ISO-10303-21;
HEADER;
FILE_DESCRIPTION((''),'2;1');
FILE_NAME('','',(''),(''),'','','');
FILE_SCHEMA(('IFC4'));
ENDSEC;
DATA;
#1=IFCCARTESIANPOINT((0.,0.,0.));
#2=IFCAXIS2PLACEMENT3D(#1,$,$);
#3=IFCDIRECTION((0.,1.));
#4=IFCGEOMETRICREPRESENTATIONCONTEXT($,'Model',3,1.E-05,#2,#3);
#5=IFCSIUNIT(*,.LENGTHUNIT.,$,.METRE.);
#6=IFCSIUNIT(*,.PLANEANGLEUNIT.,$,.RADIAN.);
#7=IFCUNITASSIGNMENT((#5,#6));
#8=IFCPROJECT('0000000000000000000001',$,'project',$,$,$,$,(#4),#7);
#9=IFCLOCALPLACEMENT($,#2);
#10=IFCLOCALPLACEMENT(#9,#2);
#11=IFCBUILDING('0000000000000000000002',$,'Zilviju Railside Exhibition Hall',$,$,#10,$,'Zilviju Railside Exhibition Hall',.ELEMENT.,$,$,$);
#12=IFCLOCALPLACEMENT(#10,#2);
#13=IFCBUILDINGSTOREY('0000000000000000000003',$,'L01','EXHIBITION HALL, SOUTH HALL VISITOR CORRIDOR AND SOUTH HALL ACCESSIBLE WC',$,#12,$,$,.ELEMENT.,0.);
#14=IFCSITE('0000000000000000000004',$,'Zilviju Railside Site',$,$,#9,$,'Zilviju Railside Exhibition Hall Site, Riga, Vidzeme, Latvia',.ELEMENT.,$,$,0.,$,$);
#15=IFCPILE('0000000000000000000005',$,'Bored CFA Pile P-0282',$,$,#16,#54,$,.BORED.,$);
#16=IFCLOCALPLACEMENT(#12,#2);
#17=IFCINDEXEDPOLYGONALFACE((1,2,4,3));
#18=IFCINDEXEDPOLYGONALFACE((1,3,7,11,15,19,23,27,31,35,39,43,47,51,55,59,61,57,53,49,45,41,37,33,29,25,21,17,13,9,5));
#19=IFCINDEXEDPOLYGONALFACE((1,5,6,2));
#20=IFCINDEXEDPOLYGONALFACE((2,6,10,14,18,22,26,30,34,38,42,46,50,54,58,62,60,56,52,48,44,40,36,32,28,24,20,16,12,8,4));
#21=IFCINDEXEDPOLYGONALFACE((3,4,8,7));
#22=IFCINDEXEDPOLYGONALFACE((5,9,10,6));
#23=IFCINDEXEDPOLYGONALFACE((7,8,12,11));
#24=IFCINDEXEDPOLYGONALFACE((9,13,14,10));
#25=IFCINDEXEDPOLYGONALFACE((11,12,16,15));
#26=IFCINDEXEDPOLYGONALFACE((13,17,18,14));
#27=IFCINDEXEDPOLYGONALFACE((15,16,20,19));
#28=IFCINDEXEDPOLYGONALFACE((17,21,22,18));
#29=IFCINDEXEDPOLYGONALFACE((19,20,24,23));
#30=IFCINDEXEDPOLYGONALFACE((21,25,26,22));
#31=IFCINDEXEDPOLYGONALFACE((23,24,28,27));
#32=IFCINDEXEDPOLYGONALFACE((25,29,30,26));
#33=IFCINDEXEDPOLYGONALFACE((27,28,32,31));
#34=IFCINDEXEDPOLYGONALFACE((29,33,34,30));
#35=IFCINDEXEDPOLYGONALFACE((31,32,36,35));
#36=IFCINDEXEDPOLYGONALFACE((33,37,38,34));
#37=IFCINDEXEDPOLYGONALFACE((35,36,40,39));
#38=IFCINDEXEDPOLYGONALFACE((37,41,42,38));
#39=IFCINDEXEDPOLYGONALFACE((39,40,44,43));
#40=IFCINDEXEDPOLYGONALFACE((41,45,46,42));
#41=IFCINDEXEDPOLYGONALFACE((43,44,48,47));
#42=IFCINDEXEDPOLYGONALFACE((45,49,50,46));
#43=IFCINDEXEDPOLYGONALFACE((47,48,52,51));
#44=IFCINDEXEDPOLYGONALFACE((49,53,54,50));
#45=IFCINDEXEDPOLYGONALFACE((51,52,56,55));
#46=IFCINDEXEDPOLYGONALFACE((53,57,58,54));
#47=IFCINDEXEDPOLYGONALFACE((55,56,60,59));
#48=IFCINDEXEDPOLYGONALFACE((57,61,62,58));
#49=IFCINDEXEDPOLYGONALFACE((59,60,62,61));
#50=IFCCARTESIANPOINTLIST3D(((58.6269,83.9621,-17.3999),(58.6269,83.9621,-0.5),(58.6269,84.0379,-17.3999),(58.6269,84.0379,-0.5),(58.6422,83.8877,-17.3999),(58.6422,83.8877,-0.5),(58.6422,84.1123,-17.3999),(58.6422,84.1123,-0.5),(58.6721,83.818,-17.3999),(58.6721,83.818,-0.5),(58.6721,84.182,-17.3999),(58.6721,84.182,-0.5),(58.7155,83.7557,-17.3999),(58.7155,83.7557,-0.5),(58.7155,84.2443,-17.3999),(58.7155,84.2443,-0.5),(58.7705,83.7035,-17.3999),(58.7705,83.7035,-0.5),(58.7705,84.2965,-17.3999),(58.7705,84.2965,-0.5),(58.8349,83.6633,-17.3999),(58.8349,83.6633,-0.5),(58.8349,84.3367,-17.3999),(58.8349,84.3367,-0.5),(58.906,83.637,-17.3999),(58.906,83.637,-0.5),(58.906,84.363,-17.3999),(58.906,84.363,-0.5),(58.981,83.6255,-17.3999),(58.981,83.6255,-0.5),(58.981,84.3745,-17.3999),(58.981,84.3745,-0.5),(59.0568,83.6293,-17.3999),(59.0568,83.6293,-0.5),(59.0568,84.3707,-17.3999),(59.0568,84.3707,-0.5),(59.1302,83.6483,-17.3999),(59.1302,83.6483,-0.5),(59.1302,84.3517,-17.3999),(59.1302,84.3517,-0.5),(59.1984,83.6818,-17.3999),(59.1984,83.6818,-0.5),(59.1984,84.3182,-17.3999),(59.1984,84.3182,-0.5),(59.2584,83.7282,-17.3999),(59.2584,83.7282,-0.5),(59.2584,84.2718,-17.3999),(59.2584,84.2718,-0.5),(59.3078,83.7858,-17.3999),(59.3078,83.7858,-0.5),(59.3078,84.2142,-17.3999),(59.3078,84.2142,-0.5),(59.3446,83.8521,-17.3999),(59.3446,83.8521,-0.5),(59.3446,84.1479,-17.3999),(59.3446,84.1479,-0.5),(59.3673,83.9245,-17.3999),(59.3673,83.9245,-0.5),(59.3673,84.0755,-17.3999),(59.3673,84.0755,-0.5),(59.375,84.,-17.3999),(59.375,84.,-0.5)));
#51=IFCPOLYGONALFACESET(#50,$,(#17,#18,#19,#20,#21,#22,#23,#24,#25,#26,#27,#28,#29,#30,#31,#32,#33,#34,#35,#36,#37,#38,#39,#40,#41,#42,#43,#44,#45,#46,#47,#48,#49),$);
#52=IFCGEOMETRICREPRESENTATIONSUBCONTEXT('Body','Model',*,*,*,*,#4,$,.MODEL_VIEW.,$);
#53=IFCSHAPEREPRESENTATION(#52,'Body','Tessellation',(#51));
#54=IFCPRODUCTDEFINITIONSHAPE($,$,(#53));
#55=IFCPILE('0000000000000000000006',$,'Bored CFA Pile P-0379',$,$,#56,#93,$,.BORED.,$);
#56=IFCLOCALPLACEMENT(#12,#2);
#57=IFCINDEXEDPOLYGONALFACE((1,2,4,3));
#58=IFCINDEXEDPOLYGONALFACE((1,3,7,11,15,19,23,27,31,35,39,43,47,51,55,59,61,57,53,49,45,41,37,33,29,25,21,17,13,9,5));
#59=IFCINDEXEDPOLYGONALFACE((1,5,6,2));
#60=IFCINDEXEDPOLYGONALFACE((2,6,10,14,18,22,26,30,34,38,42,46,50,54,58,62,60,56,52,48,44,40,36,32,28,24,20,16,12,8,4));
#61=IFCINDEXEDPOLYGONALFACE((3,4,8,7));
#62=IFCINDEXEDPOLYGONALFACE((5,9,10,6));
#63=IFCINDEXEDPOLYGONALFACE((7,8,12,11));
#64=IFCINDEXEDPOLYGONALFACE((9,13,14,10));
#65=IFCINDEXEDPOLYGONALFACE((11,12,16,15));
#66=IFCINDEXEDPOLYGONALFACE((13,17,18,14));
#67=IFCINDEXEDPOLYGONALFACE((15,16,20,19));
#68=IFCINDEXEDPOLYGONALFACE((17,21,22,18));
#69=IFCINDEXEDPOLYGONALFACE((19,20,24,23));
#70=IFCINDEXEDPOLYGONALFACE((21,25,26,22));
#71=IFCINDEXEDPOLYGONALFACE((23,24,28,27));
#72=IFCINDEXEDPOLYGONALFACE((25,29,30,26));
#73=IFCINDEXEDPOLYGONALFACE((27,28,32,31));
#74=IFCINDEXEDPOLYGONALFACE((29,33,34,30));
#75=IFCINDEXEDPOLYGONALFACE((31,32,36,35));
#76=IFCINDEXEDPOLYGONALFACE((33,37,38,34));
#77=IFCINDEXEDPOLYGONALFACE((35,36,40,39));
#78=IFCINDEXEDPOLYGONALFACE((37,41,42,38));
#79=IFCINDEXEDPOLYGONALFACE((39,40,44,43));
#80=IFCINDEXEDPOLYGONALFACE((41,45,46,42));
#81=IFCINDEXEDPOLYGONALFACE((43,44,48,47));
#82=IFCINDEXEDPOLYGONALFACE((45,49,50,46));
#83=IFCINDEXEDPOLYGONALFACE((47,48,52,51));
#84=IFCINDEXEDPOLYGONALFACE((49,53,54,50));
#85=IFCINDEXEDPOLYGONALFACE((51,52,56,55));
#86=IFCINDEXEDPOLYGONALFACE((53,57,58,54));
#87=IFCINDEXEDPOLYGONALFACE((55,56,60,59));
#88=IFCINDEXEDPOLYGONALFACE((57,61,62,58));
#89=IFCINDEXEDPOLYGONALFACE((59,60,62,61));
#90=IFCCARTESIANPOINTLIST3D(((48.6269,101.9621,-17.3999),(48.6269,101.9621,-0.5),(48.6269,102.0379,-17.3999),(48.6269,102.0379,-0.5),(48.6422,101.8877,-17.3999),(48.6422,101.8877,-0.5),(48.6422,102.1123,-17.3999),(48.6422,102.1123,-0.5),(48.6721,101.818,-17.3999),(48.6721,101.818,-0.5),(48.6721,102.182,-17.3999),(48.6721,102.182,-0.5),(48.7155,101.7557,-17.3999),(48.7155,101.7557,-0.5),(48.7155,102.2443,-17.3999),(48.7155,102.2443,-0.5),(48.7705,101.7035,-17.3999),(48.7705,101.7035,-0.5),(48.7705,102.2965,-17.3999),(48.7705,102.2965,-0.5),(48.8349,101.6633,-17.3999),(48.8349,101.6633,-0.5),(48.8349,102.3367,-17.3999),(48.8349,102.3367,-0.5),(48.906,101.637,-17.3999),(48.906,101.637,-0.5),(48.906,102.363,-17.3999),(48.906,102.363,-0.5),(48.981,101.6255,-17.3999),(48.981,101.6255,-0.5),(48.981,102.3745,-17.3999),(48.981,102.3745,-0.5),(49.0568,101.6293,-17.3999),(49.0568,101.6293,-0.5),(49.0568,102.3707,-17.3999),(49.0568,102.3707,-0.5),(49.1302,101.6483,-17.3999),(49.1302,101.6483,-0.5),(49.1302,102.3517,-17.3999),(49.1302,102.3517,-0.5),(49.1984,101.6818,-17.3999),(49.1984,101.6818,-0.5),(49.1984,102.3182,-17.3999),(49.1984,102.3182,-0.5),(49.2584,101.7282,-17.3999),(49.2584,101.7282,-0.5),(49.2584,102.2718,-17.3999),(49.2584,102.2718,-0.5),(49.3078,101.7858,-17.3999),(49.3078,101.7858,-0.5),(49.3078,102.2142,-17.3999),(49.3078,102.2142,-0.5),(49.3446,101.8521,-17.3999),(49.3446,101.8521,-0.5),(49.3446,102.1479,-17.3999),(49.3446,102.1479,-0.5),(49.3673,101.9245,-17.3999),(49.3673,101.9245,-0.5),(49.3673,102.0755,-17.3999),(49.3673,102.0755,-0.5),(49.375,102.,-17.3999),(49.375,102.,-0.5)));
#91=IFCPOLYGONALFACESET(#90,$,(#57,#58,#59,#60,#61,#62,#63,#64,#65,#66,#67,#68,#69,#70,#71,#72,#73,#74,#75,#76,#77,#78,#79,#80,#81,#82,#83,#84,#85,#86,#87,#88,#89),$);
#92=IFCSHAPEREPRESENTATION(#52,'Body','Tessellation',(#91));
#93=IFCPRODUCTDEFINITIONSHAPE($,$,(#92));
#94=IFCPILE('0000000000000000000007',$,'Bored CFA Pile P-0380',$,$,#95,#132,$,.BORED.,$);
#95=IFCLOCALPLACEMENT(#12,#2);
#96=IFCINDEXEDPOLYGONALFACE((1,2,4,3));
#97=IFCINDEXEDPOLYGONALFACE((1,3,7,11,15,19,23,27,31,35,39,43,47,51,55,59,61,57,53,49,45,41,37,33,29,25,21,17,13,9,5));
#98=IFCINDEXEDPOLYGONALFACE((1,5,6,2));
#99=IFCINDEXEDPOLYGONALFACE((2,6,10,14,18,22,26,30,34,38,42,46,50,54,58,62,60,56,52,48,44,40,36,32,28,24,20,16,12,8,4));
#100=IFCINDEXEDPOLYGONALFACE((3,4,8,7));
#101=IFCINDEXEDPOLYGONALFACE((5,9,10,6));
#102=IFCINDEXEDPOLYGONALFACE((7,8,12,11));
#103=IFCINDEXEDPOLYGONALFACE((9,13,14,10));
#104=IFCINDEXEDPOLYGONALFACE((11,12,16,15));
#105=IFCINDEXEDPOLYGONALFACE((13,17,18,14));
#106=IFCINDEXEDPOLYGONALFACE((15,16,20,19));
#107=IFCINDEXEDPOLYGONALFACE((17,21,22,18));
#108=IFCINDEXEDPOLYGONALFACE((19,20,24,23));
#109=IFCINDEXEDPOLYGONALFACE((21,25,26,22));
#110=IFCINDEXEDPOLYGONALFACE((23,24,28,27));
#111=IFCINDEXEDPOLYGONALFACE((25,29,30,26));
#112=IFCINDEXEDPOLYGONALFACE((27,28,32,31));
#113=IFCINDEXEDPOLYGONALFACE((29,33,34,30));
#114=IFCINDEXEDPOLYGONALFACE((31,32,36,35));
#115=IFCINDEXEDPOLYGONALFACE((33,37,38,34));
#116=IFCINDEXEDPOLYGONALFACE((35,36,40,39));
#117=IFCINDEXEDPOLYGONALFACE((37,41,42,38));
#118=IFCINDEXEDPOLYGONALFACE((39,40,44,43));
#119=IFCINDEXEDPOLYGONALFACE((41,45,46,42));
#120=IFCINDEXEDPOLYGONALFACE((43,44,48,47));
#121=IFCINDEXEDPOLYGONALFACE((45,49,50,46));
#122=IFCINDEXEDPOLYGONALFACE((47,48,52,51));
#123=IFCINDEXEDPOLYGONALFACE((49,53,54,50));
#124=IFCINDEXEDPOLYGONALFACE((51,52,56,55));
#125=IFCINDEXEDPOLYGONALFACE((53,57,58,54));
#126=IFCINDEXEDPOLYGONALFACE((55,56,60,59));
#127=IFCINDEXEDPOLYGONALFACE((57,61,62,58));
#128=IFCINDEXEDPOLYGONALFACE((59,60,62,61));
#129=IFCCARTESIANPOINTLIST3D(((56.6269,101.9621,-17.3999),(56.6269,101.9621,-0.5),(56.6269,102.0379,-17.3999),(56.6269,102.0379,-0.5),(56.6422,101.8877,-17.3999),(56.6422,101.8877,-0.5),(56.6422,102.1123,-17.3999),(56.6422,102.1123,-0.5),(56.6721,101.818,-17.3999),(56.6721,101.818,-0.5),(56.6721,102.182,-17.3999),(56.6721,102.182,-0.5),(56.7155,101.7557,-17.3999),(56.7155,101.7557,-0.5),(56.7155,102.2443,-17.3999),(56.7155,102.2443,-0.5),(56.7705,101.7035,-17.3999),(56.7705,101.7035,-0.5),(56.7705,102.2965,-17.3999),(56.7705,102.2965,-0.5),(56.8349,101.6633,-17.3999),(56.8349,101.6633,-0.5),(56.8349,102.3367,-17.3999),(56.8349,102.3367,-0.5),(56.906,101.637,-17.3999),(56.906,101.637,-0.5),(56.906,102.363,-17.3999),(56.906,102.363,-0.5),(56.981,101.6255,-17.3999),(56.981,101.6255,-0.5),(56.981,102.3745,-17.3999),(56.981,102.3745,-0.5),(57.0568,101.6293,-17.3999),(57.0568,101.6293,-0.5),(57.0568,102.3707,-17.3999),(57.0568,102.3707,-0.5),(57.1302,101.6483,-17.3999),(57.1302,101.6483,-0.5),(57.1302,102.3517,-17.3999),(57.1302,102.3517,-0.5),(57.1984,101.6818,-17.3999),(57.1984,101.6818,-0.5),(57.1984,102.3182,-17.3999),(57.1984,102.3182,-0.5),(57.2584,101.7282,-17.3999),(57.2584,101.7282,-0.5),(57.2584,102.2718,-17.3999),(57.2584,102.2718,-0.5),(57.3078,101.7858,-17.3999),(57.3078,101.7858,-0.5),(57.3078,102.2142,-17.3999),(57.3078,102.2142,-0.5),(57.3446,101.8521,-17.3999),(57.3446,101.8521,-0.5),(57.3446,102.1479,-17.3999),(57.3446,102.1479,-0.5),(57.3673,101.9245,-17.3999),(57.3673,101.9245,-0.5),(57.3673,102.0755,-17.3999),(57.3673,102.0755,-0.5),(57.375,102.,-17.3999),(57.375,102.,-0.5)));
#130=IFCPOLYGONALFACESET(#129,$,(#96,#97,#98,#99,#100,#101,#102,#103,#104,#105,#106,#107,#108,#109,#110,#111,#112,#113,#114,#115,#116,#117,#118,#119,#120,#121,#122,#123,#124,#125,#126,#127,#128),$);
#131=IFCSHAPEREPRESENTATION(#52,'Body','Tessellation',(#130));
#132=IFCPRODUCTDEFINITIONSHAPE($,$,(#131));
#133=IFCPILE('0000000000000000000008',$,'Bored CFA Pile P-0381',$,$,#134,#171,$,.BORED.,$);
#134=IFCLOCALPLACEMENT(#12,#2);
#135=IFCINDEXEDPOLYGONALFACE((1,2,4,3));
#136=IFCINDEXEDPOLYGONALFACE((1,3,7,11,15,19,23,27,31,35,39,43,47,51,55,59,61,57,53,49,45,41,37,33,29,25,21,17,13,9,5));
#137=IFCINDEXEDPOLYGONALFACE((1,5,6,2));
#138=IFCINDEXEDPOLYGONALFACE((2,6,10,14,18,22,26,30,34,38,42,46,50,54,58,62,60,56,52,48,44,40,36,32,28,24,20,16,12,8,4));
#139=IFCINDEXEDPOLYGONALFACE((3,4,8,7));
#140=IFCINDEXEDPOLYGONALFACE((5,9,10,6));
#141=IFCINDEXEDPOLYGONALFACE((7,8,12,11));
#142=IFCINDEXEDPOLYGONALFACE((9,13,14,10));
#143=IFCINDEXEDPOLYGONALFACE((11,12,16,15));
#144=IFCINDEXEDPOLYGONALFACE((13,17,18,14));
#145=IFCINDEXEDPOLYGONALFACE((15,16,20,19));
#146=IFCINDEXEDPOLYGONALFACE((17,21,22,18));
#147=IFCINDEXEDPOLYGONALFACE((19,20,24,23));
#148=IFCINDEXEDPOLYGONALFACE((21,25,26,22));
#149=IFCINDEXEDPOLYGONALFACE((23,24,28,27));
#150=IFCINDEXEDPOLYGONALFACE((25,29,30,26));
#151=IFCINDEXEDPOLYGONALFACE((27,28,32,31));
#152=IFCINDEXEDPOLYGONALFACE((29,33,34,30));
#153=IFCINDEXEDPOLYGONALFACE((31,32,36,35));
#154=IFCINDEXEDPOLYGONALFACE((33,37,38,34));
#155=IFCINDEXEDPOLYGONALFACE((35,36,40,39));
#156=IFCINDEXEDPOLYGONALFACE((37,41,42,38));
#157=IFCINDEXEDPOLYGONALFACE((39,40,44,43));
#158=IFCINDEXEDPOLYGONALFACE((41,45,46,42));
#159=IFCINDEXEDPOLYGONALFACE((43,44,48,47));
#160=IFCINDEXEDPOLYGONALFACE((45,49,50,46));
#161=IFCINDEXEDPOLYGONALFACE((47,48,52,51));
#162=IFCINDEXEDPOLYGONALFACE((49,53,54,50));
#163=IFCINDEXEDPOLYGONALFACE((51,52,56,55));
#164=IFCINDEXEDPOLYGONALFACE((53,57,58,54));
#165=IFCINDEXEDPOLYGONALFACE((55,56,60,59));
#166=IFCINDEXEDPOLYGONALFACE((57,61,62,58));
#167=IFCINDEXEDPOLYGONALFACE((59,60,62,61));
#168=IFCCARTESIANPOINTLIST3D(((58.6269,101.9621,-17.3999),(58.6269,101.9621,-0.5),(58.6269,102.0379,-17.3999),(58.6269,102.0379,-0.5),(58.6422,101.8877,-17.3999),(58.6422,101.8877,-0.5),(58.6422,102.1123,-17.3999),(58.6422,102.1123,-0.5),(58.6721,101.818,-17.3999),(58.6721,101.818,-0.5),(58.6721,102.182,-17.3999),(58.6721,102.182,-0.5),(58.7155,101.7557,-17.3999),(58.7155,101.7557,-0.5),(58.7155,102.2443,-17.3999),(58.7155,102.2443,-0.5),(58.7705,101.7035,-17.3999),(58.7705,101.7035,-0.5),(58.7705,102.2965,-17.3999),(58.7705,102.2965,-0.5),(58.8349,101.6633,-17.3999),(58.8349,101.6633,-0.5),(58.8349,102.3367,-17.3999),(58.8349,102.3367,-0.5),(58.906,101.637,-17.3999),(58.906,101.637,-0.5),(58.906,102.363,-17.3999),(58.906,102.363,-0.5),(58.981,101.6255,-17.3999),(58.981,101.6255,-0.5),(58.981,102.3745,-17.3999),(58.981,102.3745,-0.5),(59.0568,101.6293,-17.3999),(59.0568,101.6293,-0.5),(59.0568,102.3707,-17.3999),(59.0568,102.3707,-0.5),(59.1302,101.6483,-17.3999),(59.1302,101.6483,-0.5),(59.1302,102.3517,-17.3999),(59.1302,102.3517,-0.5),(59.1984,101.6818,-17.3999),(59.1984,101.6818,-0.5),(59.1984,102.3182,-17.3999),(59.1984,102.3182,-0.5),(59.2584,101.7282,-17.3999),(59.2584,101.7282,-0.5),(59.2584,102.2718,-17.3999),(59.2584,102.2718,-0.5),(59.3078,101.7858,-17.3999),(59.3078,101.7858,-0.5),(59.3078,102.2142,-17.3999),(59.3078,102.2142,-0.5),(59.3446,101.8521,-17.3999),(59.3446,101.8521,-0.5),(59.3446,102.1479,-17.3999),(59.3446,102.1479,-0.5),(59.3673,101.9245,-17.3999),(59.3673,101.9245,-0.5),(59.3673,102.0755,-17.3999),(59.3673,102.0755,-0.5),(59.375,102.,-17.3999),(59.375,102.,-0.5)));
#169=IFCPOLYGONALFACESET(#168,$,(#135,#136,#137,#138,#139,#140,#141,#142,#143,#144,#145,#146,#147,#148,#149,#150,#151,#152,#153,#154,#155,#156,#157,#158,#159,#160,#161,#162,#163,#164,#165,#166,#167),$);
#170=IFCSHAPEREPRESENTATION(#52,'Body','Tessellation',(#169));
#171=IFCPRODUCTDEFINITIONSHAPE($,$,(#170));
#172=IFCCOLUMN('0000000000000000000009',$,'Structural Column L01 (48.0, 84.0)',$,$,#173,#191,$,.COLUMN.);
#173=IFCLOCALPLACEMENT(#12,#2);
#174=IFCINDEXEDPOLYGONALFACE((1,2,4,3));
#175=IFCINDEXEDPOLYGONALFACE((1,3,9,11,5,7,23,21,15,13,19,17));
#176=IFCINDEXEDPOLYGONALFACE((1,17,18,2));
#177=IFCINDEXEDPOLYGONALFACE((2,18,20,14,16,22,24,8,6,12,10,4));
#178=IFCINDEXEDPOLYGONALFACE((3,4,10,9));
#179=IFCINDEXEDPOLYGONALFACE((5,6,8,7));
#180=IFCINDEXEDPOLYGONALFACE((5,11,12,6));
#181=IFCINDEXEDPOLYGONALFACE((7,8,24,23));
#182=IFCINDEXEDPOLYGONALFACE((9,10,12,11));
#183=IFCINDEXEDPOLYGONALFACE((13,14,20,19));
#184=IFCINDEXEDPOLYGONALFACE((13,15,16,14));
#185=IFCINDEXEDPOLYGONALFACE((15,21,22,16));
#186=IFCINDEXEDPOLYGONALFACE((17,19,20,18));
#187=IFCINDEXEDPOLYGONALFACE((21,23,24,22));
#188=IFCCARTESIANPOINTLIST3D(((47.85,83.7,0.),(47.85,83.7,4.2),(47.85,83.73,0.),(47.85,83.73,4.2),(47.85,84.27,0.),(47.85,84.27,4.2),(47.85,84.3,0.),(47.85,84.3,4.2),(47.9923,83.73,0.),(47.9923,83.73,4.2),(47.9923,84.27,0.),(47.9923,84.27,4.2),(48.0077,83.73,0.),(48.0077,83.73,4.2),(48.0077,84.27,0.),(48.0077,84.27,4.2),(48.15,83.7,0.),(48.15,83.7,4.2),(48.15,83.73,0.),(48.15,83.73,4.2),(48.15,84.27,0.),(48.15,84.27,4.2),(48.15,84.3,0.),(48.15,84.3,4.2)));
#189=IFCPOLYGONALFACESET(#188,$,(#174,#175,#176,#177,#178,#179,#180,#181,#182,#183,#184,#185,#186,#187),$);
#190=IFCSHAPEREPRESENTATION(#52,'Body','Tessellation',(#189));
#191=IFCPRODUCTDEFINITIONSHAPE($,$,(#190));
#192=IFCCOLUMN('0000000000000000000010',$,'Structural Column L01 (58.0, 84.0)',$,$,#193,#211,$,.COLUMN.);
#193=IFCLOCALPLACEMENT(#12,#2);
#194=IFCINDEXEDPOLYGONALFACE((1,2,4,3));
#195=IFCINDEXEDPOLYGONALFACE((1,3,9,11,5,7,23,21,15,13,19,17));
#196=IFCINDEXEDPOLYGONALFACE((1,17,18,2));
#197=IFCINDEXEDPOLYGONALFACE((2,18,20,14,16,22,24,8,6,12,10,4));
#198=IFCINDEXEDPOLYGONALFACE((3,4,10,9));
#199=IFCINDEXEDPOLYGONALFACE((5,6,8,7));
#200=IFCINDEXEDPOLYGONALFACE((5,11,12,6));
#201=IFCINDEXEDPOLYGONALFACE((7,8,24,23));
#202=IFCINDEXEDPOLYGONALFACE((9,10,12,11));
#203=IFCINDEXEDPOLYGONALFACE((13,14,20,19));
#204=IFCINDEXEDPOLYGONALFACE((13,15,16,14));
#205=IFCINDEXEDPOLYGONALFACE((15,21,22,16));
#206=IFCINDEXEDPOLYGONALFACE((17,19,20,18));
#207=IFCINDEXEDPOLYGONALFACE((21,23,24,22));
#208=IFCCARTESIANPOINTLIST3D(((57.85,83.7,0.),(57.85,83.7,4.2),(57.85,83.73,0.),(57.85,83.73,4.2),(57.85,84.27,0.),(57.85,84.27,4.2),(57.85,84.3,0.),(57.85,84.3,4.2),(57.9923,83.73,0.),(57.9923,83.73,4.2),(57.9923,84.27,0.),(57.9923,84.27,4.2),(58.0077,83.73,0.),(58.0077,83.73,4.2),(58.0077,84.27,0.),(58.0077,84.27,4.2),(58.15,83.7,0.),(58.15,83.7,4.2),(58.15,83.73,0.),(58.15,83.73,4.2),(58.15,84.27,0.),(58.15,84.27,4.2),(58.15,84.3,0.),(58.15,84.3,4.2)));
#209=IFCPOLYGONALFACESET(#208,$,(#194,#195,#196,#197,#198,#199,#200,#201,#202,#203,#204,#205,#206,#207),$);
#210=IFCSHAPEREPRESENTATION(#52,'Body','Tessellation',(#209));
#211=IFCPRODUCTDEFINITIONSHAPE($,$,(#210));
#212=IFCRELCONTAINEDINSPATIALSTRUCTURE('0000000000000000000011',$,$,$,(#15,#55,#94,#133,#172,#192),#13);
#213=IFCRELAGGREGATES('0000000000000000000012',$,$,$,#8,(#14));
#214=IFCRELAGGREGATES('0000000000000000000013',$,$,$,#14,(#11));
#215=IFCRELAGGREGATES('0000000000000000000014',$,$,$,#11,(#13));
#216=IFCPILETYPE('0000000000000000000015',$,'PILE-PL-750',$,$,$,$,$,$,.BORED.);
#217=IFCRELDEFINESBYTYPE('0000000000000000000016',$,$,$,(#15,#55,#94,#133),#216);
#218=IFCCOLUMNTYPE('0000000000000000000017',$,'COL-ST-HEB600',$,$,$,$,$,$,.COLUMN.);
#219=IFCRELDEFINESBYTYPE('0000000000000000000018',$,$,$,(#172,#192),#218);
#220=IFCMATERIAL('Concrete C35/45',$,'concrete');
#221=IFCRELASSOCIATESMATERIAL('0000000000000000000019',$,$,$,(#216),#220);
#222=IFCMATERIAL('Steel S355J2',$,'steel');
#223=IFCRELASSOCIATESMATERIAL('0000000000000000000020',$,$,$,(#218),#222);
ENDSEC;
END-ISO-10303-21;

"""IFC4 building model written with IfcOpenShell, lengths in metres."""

from ifc_helpers import new_model, si_unit, direction, frame, origin, origin_2d, place, context, subcontext, project, spatial, circle, i_section, extrude, material, material_profile, profile_set, type_object, element, save


model = new_model("IFC4")

# Units and contexts
model_context = context("Model", 3, precision=1e-05, world=origin(), true_north=direction((0.0, 1.0)))
body_context = subcontext(model_context, "Body", "Model", "MODEL_VIEW")
ifc_project = project(units=[si_unit("LENGTHUNIT", "METRE"), si_unit("PLANEANGLEUNIT", "RADIAN")], contexts=[model_context])

# Site, building, storey
site_placement = place(None, origin())
site = spatial("IfcSite", under=ifc_project, at=site_placement, Name="Zilviju Railside Site", LongName="Zilviju Railside Exhibition Hall Site, Riga, Vidzeme, Latvia", CompositionType="ELEMENT", RefElevation=0.0)
building_placement = place(site_placement, origin())
building = spatial("IfcBuilding", under=site, at=building_placement, Name="Zilviju Railside Exhibition Hall", LongName="Zilviju Railside Exhibition Hall", CompositionType="ELEMENT")
storey_placement = place(building_placement, origin())
storey = spatial("IfcBuildingStorey", under=building, at=storey_placement, Name="L01", Description="EXHIBITION HALL, SOUTH HALL VISITOR CORRIDOR AND SOUTH HALL ACCESSIBLE WC", CompositionType="ELEMENT", Elevation=0.0)

# Shared definitions
ifc_material_1 = material(Name="Concrete C35/45", Category="concrete")

# Piles
ifc_material_profile_1 = material_profile(ifc_material_1, circle(Radius=0.375, at=origin_2d()), Name="CFA PILE D750")
ifc_profile_set_1 = profile_set([ifc_material_profile_1], Name="Concrete C35/45")
pile_type = type_object("IfcPileType", Name="PILE-PL-750", PredefinedType="BORED", material=ifc_profile_set_1)
for number, where, z_axis, x_axis, name in (
    (1, (59.0, 84.0, -0.5), (0.0, 0.0, -1.0), (1.0, 0.0, 0.0), "Bored CFA Pile P-0282"),
    (2, (49.0, 102.0, -0.5), (0.0, 0.0, -1.0), (1.0, 0.0, 0.0), "Bored CFA Pile P-0379"),
    (3, (57.0, 102.0, -0.5), (0.0, 0.0, -1.0), (1.0, 0.0, 0.0), "Bored CFA Pile P-0380"),
    (4, (59.0, 102.0, -0.5), (0.0, 0.0, -1.0), (1.0, 0.0, 0.0), "Bored CFA Pile P-0381"),
):
    element("IfcPile", number, at=place(storey_placement, frame(where, z_axis=z_axis, x_axis=x_axis)), inside=storey, type_object=pile_type, Name=name, PredefinedType="BORED", context=body_context, shape_type="SweptSolid", body=[
        extrude(circle(Radius=0.375, at=origin_2d()), origin(), (0.0, 0.0, 1.0), 16.8999),
    ])

# Columns
ifc_material_2 = material(Name="Steel S355J2", Category="steel")
ifc_material_profile_2 = material_profile(ifc_material_2, i_section(OverallWidth=0.3, OverallDepth=0.6001, WebThickness=0.0154, FlangeThickness=0.03, at=origin_2d()), Name="HEB 600")
ifc_profile_set_2 = profile_set([ifc_material_profile_2], Name="Steel S355J2")
column_type = type_object("IfcColumnType", Name="COL-ST-HEB600", PredefinedType="COLUMN", material=ifc_profile_set_2)
for number, where, z_axis, x_axis, name in (
    (5, (48.0, 84.0, 0.0), (0.0, 0.0, 1.0), (1.0, 0.0, 0.0), "Structural Column L01 (48.0, 84.0)"),
    (6, (58.0, 84.0, 0.0), (0.0, 0.0, 1.0), (1.0, 0.0, 0.0), "Structural Column L01 (58.0, 84.0)"),
):
    element("IfcColumn", number, at=place(storey_placement, frame(where, z_axis=z_axis, x_axis=x_axis)), inside=storey, type_object=column_type, Name=name, PredefinedType="COLUMN", context=body_context, shape_type="SweptSolid", body=[
        extrude(i_section(OverallWidth=0.3, OverallDepth=0.6001, WebThickness=0.0154, FlangeThickness=0.03, at=origin_2d()), origin(), (0.0, 0.0, 1.0), 4.2),
    ])

save(model, "model.ifc")
